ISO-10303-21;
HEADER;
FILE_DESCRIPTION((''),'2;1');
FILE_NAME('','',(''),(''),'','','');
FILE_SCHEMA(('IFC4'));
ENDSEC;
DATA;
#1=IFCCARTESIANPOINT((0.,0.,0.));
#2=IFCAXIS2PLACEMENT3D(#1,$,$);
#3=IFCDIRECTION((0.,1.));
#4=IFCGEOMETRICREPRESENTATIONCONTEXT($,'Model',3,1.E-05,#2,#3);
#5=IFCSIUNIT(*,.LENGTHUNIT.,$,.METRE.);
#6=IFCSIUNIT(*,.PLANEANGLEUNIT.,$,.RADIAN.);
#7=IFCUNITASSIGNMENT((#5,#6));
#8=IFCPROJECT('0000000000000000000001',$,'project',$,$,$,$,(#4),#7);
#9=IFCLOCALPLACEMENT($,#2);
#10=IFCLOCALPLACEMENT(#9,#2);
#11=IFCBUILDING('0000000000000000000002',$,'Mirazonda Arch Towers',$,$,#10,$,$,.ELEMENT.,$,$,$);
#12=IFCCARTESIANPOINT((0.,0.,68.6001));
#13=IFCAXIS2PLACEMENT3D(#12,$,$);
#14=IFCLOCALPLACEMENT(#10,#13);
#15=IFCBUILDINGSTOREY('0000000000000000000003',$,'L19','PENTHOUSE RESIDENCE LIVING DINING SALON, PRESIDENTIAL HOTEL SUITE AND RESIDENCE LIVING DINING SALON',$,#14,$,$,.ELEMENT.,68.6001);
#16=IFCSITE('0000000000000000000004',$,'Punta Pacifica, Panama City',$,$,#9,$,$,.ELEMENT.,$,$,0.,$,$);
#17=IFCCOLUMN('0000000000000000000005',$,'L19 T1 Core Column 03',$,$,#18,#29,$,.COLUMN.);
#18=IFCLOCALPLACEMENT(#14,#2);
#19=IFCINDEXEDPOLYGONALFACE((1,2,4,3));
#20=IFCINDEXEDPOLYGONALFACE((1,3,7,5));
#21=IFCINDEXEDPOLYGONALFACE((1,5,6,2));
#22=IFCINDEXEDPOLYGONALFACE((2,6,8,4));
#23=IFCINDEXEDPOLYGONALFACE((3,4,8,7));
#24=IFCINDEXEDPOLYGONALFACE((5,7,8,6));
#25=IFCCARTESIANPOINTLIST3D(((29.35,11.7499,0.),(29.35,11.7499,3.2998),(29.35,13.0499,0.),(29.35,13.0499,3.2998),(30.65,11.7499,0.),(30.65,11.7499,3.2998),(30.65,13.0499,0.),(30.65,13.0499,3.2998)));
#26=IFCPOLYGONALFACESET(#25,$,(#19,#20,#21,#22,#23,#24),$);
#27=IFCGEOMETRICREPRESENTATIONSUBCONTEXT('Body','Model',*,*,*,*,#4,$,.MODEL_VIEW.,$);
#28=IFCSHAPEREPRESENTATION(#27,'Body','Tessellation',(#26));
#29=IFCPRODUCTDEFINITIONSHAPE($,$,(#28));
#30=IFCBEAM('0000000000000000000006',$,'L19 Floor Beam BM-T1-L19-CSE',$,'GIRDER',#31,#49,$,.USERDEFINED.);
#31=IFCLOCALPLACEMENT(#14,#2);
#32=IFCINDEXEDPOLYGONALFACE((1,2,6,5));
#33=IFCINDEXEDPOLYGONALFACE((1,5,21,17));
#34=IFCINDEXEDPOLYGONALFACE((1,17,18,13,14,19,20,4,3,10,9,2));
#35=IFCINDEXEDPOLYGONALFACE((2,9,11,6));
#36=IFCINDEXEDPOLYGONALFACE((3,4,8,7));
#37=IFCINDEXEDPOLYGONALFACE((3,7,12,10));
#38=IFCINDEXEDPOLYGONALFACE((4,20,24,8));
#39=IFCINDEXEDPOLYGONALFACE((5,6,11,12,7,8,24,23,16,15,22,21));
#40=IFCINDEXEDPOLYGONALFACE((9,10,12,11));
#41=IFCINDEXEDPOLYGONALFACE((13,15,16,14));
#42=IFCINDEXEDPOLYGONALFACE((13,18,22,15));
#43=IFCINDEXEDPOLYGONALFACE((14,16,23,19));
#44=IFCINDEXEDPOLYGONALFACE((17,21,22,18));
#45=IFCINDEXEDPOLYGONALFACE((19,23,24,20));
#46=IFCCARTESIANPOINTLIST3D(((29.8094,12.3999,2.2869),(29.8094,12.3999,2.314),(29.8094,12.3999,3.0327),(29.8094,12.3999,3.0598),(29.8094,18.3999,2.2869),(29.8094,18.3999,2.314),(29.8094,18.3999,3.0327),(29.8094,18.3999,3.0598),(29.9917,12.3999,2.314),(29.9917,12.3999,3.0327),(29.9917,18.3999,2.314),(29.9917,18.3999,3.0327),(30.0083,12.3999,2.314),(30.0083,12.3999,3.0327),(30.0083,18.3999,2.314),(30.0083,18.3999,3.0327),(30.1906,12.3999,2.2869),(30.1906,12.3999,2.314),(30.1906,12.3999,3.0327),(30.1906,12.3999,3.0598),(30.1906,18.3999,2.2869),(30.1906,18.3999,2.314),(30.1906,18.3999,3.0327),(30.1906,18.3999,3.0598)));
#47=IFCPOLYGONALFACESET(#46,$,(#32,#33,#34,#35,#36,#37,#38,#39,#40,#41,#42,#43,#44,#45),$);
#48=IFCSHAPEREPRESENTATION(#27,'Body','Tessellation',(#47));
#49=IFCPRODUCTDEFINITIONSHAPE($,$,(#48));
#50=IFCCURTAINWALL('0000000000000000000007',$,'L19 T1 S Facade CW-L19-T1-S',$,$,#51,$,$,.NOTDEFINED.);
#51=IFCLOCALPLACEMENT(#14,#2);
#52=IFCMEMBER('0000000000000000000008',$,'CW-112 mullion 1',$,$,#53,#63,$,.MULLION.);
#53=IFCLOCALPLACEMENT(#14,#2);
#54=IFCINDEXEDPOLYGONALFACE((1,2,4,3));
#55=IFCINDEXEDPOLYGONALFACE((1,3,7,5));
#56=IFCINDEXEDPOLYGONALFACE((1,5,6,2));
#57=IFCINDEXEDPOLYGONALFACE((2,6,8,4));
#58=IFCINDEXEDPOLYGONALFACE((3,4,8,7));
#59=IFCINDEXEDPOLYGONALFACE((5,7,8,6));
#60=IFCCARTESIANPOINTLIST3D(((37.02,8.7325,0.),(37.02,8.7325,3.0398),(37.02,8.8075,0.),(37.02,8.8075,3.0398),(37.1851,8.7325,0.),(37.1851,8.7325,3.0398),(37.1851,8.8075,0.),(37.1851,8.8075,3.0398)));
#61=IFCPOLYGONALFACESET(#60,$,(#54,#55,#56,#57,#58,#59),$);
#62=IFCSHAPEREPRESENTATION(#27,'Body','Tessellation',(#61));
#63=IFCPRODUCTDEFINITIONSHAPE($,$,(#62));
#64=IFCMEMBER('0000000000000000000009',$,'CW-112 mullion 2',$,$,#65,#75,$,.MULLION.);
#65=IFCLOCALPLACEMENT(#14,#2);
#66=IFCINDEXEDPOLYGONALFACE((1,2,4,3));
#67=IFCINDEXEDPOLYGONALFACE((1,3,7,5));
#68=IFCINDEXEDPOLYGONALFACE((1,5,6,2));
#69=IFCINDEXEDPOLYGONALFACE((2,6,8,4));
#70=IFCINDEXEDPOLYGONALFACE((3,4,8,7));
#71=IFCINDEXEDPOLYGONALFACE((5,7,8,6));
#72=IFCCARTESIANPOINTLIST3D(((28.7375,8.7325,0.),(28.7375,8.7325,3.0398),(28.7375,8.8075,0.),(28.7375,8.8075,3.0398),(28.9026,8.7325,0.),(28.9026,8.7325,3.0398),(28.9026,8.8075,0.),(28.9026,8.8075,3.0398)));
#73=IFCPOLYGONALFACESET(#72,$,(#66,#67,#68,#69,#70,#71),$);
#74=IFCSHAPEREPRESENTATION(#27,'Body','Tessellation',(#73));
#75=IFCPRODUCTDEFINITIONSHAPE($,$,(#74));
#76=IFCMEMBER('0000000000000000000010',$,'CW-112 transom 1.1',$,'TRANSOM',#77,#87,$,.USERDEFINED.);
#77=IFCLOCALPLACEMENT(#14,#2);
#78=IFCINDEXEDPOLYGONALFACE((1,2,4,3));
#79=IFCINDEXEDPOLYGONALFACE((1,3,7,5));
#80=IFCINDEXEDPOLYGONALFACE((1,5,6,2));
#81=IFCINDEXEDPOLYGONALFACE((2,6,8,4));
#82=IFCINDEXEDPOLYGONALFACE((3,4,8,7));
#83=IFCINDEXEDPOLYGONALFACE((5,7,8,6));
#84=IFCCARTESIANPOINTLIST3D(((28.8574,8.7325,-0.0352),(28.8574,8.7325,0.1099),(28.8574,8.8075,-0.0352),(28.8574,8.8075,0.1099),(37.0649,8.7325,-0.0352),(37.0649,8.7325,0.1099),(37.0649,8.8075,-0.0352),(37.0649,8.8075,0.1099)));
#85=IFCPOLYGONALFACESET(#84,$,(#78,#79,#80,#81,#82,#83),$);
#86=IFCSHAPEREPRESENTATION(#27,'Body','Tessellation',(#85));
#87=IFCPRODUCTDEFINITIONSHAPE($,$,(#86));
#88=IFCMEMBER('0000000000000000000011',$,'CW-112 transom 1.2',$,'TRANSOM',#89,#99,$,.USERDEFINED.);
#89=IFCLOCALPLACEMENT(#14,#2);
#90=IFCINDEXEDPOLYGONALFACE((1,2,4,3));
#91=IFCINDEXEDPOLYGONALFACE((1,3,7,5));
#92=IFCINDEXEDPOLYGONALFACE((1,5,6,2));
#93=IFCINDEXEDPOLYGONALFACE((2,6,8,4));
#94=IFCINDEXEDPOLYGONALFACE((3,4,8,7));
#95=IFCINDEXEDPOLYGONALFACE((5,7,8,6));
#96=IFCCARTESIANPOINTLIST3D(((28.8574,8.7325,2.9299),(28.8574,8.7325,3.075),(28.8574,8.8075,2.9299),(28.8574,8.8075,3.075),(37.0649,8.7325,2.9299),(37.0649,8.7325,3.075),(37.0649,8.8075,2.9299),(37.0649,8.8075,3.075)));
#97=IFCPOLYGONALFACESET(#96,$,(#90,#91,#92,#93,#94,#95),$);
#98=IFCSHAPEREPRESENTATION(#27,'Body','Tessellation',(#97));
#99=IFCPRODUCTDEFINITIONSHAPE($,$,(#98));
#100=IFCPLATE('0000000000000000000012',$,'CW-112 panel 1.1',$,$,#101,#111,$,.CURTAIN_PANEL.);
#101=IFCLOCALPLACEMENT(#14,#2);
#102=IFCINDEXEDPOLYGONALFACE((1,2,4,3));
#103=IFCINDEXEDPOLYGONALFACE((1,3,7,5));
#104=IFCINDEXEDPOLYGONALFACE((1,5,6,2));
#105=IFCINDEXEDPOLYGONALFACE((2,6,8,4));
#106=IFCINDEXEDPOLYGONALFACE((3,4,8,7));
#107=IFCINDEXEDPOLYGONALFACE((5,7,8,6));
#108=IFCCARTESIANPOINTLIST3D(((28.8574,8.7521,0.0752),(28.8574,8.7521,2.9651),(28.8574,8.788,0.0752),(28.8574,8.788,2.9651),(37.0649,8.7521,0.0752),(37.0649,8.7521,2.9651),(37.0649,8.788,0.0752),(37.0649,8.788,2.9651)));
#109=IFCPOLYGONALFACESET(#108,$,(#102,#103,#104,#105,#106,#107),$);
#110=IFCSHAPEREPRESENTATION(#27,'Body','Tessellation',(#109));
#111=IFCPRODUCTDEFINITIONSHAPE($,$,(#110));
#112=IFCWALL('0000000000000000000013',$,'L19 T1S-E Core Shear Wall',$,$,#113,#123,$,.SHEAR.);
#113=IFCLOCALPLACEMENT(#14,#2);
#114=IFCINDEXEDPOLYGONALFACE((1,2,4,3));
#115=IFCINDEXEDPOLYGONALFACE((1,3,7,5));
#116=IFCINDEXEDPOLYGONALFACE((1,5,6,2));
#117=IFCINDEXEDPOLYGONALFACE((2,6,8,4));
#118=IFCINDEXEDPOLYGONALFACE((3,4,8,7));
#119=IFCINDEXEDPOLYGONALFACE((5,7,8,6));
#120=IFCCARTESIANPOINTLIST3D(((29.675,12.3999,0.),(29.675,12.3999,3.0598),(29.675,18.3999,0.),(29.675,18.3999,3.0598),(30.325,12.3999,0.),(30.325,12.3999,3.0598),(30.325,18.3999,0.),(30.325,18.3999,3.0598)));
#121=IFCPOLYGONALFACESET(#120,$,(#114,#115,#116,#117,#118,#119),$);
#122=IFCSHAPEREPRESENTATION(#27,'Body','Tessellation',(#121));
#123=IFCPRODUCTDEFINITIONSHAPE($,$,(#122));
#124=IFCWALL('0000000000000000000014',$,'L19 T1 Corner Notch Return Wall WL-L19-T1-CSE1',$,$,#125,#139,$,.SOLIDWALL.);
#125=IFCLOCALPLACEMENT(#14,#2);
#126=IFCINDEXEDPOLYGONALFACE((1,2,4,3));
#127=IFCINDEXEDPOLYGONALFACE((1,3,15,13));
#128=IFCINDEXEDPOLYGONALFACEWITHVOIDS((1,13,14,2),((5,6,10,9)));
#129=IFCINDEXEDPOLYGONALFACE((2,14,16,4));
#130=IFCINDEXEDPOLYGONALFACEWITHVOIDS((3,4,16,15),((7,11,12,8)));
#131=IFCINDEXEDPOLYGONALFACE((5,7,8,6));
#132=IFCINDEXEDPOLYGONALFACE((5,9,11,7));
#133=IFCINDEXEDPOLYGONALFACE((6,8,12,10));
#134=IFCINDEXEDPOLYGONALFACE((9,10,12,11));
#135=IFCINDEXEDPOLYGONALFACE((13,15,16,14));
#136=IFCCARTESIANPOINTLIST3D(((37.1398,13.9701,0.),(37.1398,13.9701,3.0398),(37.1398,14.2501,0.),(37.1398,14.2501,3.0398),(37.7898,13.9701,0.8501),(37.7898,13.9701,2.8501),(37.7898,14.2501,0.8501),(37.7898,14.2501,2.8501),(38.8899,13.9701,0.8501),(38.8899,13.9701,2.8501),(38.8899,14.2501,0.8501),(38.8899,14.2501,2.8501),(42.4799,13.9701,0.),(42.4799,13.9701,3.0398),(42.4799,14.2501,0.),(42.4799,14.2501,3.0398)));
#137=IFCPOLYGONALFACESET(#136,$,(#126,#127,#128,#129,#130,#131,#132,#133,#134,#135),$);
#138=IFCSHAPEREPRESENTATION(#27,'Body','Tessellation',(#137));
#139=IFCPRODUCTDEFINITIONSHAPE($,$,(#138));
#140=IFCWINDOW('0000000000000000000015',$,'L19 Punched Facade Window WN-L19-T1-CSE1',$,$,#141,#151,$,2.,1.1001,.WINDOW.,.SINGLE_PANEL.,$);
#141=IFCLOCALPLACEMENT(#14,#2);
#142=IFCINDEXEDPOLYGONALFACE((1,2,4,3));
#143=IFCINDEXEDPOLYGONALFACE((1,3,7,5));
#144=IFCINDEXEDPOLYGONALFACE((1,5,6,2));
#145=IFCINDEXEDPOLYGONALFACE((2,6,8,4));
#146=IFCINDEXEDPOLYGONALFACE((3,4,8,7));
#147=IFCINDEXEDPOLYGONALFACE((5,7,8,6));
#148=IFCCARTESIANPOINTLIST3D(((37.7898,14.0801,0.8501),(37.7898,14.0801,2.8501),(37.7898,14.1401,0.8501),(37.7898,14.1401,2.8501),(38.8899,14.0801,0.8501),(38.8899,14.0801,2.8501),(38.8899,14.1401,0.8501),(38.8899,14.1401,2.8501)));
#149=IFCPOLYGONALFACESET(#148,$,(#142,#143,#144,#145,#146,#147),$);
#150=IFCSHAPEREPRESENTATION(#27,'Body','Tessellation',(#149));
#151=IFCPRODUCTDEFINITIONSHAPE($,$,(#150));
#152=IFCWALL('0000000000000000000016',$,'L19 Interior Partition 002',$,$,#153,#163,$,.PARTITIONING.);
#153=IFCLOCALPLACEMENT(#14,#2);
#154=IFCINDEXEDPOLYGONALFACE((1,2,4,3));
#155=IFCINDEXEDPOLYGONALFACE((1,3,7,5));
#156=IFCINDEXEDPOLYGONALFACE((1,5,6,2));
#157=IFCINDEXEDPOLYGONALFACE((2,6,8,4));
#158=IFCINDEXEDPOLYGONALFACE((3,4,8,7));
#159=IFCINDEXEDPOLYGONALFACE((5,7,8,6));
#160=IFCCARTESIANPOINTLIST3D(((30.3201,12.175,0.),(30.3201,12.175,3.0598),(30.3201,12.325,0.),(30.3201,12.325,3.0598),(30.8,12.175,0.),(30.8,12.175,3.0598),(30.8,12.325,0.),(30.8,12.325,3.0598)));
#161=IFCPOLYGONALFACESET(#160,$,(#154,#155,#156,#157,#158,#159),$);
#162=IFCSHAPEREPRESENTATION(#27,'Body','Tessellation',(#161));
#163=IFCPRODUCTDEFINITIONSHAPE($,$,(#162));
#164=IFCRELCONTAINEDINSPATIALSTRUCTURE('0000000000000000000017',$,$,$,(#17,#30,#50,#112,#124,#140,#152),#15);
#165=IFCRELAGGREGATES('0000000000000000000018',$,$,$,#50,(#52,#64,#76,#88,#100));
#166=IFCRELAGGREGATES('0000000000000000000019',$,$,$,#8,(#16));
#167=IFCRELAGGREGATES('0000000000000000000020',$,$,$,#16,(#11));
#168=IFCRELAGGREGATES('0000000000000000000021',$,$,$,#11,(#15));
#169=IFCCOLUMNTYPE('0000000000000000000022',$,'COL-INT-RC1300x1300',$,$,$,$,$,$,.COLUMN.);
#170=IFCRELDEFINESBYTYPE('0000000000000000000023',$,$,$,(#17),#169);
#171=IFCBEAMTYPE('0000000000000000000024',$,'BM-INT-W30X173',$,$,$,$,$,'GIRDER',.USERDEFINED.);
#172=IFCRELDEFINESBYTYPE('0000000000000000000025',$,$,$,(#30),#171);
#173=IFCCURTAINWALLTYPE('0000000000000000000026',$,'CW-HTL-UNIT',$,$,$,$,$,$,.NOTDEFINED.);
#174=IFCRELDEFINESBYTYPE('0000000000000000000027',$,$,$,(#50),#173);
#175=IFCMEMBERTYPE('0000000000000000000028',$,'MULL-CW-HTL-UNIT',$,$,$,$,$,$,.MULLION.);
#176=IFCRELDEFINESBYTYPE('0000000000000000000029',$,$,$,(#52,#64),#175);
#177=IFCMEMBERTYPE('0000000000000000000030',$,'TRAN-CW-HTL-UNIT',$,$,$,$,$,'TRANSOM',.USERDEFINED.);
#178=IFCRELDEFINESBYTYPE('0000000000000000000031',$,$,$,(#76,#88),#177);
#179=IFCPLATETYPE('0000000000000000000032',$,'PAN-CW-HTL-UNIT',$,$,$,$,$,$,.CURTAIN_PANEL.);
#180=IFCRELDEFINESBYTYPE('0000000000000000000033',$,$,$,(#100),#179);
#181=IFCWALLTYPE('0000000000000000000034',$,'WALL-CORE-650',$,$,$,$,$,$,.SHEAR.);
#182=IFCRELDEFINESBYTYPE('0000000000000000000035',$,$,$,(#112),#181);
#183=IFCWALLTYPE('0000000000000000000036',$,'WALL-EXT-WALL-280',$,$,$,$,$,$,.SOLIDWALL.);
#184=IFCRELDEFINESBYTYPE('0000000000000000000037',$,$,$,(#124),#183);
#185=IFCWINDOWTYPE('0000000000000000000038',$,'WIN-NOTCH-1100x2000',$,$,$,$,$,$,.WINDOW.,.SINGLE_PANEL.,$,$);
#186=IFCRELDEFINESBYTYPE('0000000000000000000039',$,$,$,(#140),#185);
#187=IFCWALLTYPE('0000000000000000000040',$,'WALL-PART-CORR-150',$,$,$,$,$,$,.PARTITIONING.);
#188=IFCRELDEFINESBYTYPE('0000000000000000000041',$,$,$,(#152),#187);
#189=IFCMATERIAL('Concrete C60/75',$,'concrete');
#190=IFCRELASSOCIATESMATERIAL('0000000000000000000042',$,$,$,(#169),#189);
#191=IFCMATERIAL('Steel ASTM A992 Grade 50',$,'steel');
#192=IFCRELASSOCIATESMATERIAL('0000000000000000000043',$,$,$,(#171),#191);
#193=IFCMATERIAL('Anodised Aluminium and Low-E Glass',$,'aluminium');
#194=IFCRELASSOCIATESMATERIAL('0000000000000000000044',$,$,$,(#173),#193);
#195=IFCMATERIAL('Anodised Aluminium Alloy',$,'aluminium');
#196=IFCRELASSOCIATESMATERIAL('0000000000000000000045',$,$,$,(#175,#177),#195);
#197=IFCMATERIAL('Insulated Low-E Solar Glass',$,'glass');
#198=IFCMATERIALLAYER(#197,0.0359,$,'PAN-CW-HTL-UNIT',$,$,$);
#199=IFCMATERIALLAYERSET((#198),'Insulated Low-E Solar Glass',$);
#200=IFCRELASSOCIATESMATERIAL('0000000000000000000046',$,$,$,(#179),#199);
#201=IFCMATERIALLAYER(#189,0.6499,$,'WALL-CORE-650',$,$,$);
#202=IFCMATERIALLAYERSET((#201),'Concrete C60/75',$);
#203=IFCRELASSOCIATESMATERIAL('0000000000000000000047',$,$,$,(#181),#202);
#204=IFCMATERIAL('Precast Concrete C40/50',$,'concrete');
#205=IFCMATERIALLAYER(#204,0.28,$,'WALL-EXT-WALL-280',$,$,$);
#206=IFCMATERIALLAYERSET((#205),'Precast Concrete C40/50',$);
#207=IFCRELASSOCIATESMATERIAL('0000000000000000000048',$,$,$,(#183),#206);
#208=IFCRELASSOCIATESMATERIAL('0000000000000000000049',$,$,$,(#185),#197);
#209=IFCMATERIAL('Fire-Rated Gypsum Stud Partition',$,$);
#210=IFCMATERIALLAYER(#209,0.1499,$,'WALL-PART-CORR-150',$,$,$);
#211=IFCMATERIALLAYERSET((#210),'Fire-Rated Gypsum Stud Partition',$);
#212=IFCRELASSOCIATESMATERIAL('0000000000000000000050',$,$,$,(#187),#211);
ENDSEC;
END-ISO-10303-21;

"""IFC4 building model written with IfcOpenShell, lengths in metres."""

from ifc_helpers import new_model, si_unit, direction, frame, frame_2d, origin, origin_2d, place, context, subcontext, project, spatial, rectangle, i_section, extrude, material, layer, layer_set, material_profile, profile_set, type_object, element, fill, aggregate, save


model = new_model("IFC4")

# Units and contexts
model_context = context("Model", 3, precision=1e-05, world=origin(), true_north=direction((0.0, 1.0)))
body_context = subcontext(model_context, "Body", "Model", "MODEL_VIEW")
ifc_project = project(units=[si_unit("LENGTHUNIT", "METRE"), si_unit("PLANEANGLEUNIT", "RADIAN")], contexts=[model_context])

# Site, building, storey
site_placement = place(None, origin())
site = spatial("IfcSite", under=ifc_project, at=site_placement, Name="Punta Pacifica, Panama City", CompositionType="ELEMENT", RefElevation=0.0)
building_placement = place(site_placement, origin())
building = spatial("IfcBuilding", under=site, at=building_placement, Name="Mirazonda Arch Towers", CompositionType="ELEMENT")
storey_placement = place(building_placement, frame((0.0, 0.0, 68.6001)))
storey = spatial("IfcBuildingStorey", under=building, at=storey_placement, Name="L19", Description="PENTHOUSE RESIDENCE LIVING DINING SALON, PRESIDENTIAL HOTEL SUITE AND RESIDENCE LIVING DINING SALON", CompositionType="ELEMENT", Elevation=68.6001)

# Column
ifc_material_1 = material(Name="Concrete C60/75", Category="concrete")
ifc_material_profile_1 = material_profile(ifc_material_1, rectangle(XDim=1.3, YDim=1.3, at=origin_2d()), Name="RC1300x1300")
ifc_profile_set_1 = profile_set([ifc_material_profile_1], Name="Concrete C60/75")
column_type = type_object("IfcColumnType", Name="COL-INT-RC1300x1300", PredefinedType="COLUMN", material=ifc_profile_set_1)
column_placement = place(storey_placement, frame((30.0, 12.3999, 0.0), z_axis=(0.0, 0.0, 1.0), x_axis=(1.0, 0.0, 0.0)))
element("IfcColumn", 1, at=column_placement, inside=storey, type_object=column_type, Name="L19 T1 Core Column 03", PredefinedType="COLUMN", context=body_context, shape_type="SweptSolid", body=[
    extrude(rectangle(XDim=1.3, YDim=1.3, at=origin_2d()), origin(), (0.0, 0.0, 1.0), 3.2998),
])

# Beam
ifc_material_2 = material(Name="Steel ASTM A992 Grade 50", Category="steel")
ifc_material_profile_2 = material_profile(ifc_material_2, i_section(OverallWidth=0.3811, OverallDepth=0.7729, WebThickness=0.0166, FlangeThickness=0.0271, at=origin_2d()), Name="W30X173")
ifc_profile_set_2 = profile_set([ifc_material_profile_2], Name="Steel ASTM A992 Grade 50")
beam_type = type_object("IfcBeamType", Name="BM-INT-W30X173", ElementType="GIRDER", PredefinedType="USERDEFINED", material=ifc_profile_set_2)
beam_placement = place(storey_placement, frame((30.0, 12.3999, 2.6733), z_axis=(0.0, 1.0, 0.0), x_axis=(-1.0, 0.0, 0.0)))
element("IfcBeam", 2, at=beam_placement, inside=storey, type_object=beam_type, Name="L19 Floor Beam BM-T1-L19-CSE", ObjectType="GIRDER", PredefinedType="USERDEFINED", context=body_context, shape_type="SweptSolid", body=[
    extrude(i_section(OverallWidth=0.3811, OverallDepth=0.7729, WebThickness=0.0166, FlangeThickness=0.0271, at=origin_2d()), origin(), (0.0, 0.0, 1.0), 6.0),
])

# Curtain wall, members, plate
ifc_material_3 = material(Name="Anodised Aluminium and Low-E Glass", Category="aluminium")
curtain_wall_type = type_object("IfcCurtainWallType", Name="CW-HTL-UNIT", PredefinedType="NOTDEFINED", material=ifc_material_3)
curtain_wall_placement = place(storey_placement, origin())
curtain_wall = element("IfcCurtainWall", 3, at=curtain_wall_placement, inside=storey, type_object=curtain_wall_type, Name="L19 T1 S Facade CW-L19-T1-S", PredefinedType="NOTDEFINED")
ifc_material_4 = material(Name="Anodised Aluminium Alloy", Category="aluminium")
ifc_material_profile_3 = material_profile(ifc_material_4, rectangle(XDim=0.075, YDim=0.165, at=origin_2d()), Name="ALU-MULL-75x165")
ifc_profile_set_3 = profile_set([ifc_material_profile_3], Name="Anodised Aluminium Alloy")
member_type_1 = type_object("IfcMemberType", Name="MULL-CW-HTL-UNIT", PredefinedType="MULLION", material=ifc_profile_set_3)
member_1_placement = place(storey_placement, frame((37.1025, 8.77, 0.0), z_axis=(0.0, 0.0, 1.0), x_axis=(0.0, -1.0, 0.0)))
member_1 = element("IfcMember", 4, at=member_1_placement, type_object=member_type_1, Name="CW-112 mullion 1", PredefinedType="MULLION", context=body_context, shape_type="SweptSolid", body=[
    extrude(rectangle(XDim=0.075, YDim=0.165, at=origin_2d()), origin(), (0.0, 0.0, 1.0), 3.0398),
])
member_2_placement = place(storey_placement, frame((28.8201, 8.77, 0.0), z_axis=(0.0, 0.0, 1.0), x_axis=(0.0, -1.0, 0.0)))
member_2 = element("IfcMember", 5, at=member_2_placement, type_object=member_type_1, Name="CW-112 mullion 2", PredefinedType="MULLION", context=body_context, shape_type="SweptSolid", body=[
    extrude(rectangle(XDim=0.075, YDim=0.165, at=origin_2d()), origin(), (0.0, 0.0, 1.0), 3.0398),
])
ifc_material_profile_4 = material_profile(ifc_material_4, rectangle(XDim=0.075, YDim=0.145, at=origin_2d()), Name="ALU-TRAN-75x145")
ifc_profile_set_4 = profile_set([ifc_material_profile_4], Name="Anodised Aluminium Alloy")
member_type_2 = type_object("IfcMemberType", Name="TRAN-CW-HTL-UNIT", ElementType="TRANSOM", PredefinedType="USERDEFINED", material=ifc_profile_set_4)
member_3_placement = place(storey_placement, frame((37.0649, 8.77, 0.0374), z_axis=(-1.0, 0.0, 0.0), x_axis=(0.0, -1.0, 0.0)))
member_3 = element("IfcMember", 6, at=member_3_placement, type_object=member_type_2, Name="CW-112 transom 1.1", ObjectType="TRANSOM", PredefinedType="USERDEFINED", context=body_context, shape_type="SweptSolid", body=[
    extrude(rectangle(XDim=0.075, YDim=0.145, at=origin_2d()), origin(), (0.0, 0.0, 1.0), 8.2075),
])
member_4_placement = place(storey_placement, frame((37.0649, 8.77, 3.0024), z_axis=(-1.0, 0.0, 0.0), x_axis=(0.0, -1.0, 0.0)))
member_4 = element("IfcMember", 7, at=member_4_placement, type_object=member_type_2, Name="CW-112 transom 1.2", ObjectType="TRANSOM", PredefinedType="USERDEFINED", context=body_context, shape_type="SweptSolid", body=[
    extrude(rectangle(XDim=0.075, YDim=0.145, at=origin_2d()), origin(), (0.0, 0.0, 1.0), 8.2075),
])
ifc_material_5 = material(Name="Insulated Low-E Solar Glass", Category="glass")
ifc_layer_1 = layer(ifc_material_5, 0.0359, Name="PAN-CW-HTL-UNIT")
ifc_layer_set_1 = layer_set([ifc_layer_1], Name="Insulated Low-E Solar Glass")
plate_type = type_object("IfcPlateType", Name="PAN-CW-HTL-UNIT", PredefinedType="CURTAIN_PANEL", material=ifc_layer_set_1)
plate_placement = place(storey_placement, frame((32.9612, 8.77, 0.0752), z_axis=(0.0, 0.0, 1.0), x_axis=(-1.0, 0.0, 0.0)))
plate = element("IfcPlate", 8, at=plate_placement, type_object=plate_type, Name="CW-112 panel 1.1", PredefinedType="CURTAIN_PANEL", context=body_context, shape_type="SweptSolid", body=[
    extrude(rectangle(XDim=8.2075, YDim=0.0359, at=origin_2d()), origin(), (0.0, 0.0, 1.0), 2.8899),
])
aggregate(curtain_wall, [member_1, member_2, member_3, member_4, plate])

# Wall
ifc_layer_2 = layer(ifc_material_1, 0.6499, Name="WALL-CORE-650")
ifc_layer_set_2 = layer_set([ifc_layer_2], Name="Concrete C60/75")
wall_type_1 = type_object("IfcWallType", Name="WALL-CORE-650", PredefinedType="SHEAR", material=ifc_layer_set_2)
wall_1_placement = place(storey_placement, frame((30.0, 12.3999, 0.0), z_axis=(0.0, 0.0, 1.0), x_axis=(0.0, 1.0, 0.0)))
element("IfcWall", 9, at=wall_1_placement, inside=storey, type_object=wall_type_1, Name="L19 T1S-E Core Shear Wall", PredefinedType="SHEAR", context=body_context, shape_type="SweptSolid", body=[
    extrude(rectangle(XDim=6.0, YDim=0.6499, at=frame_2d((3.0, 0.0))), origin(), (0.0, 0.0, 1.0), 3.0598),
])

# Wall, opening, window
ifc_material_6 = material(Name="Precast Concrete C40/50", Category="concrete")
ifc_layer_3 = layer(ifc_material_6, 0.28, Name="WALL-EXT-WALL-280")
ifc_layer_set_3 = layer_set([ifc_layer_3], Name="Precast Concrete C40/50")
wall_type_2 = type_object("IfcWallType", Name="WALL-EXT-WALL-280", PredefinedType="SOLIDWALL", material=ifc_layer_set_3)
wall_2_placement = place(storey_placement, frame((37.1399, 14.1101, 0.0), z_axis=(0.0, 0.0, 1.0), x_axis=(1.0, 0.0, 0.0)))
wall_2 = element("IfcWall", 10, at=wall_2_placement, inside=storey, type_object=wall_type_2, Name="L19 T1 Corner Notch Return Wall WL-L19-T1-CSE1", PredefinedType="SOLIDWALL", context=body_context, shape_type="SweptSolid", body=[
    extrude(rectangle(XDim=5.3401, YDim=0.28, at=frame_2d((2.6699, 0.0))), origin(), (0.0, 0.0, 1.0), 3.0398),
])
opening_1_placement = place(wall_2_placement, frame((0.6499, 0.0, 0.8501)))
opening_1 = element("IfcOpeningElement", 11, at=opening_1_placement, cuts=wall_2, PredefinedType="OPENING", context=body_context, shape_type="SweptSolid", body=[
    extrude(rectangle(XDim=1.1001, YDim=2.0, at=frame_2d((0.55, 1.0))), frame((0.0, 0.1499, 0.0), z_axis=(0.0, -1.0, 0.0), x_axis=(1.0, 0.0, 0.0)), (0.0, 0.0, 1.0), 0.3),
])
window_type = type_object("IfcWindowType", Name="WIN-NOTCH-1100x2000", PartitioningType="SINGLE_PANEL", PredefinedType="WINDOW", material=ifc_material_5)
window_placement = place(opening_1_placement, origin())
window = element("IfcWindow", 12, at=window_placement, inside=storey, type_object=window_type, Name="L19 Punched Facade Window WN-L19-T1-CSE1", OverallHeight=2.0, OverallWidth=1.1001, PartitioningType="SINGLE_PANEL", PredefinedType="WINDOW", context=body_context, shape_type="SweptSolid", body=[
    extrude(rectangle(XDim=1.1001, YDim=2.0, at=frame_2d((0.55, 1.0))), frame((0.0, 0.03, 0.0), z_axis=(0.0, -1.0, 0.0), x_axis=(1.0, 0.0, 0.0)), (0.0, 0.0, 1.0), 0.0601),
])
fill(opening_1, window)

# Wall
ifc_material_7 = material(Name="Fire-Rated Gypsum Stud Partition")
ifc_layer_4 = layer(ifc_material_7, 0.1499, Name="WALL-PART-CORR-150")
ifc_layer_set_4 = layer_set([ifc_layer_4], Name="Fire-Rated Gypsum Stud Partition")
wall_type_3 = type_object("IfcWallType", Name="WALL-PART-CORR-150", PredefinedType="PARTITIONING", material=ifc_layer_set_4)
wall_3_placement = place(storey_placement, frame((30.3201, 12.25, 0.0), z_axis=(0.0, 0.0, 1.0), x_axis=(1.0, 0.0, 0.0)))
element("IfcWall", 13, at=wall_3_placement, inside=storey, type_object=wall_type_3, Name="L19 Interior Partition 002", PredefinedType="PARTITIONING", context=body_context, shape_type="SweptSolid", body=[
    extrude(rectangle(XDim=0.48, YDim=0.1499, at=frame_2d((0.24, 0.0))), origin(), (0.0, 0.0, 1.0), 3.0598),
])

save(model, "model.ifc")
